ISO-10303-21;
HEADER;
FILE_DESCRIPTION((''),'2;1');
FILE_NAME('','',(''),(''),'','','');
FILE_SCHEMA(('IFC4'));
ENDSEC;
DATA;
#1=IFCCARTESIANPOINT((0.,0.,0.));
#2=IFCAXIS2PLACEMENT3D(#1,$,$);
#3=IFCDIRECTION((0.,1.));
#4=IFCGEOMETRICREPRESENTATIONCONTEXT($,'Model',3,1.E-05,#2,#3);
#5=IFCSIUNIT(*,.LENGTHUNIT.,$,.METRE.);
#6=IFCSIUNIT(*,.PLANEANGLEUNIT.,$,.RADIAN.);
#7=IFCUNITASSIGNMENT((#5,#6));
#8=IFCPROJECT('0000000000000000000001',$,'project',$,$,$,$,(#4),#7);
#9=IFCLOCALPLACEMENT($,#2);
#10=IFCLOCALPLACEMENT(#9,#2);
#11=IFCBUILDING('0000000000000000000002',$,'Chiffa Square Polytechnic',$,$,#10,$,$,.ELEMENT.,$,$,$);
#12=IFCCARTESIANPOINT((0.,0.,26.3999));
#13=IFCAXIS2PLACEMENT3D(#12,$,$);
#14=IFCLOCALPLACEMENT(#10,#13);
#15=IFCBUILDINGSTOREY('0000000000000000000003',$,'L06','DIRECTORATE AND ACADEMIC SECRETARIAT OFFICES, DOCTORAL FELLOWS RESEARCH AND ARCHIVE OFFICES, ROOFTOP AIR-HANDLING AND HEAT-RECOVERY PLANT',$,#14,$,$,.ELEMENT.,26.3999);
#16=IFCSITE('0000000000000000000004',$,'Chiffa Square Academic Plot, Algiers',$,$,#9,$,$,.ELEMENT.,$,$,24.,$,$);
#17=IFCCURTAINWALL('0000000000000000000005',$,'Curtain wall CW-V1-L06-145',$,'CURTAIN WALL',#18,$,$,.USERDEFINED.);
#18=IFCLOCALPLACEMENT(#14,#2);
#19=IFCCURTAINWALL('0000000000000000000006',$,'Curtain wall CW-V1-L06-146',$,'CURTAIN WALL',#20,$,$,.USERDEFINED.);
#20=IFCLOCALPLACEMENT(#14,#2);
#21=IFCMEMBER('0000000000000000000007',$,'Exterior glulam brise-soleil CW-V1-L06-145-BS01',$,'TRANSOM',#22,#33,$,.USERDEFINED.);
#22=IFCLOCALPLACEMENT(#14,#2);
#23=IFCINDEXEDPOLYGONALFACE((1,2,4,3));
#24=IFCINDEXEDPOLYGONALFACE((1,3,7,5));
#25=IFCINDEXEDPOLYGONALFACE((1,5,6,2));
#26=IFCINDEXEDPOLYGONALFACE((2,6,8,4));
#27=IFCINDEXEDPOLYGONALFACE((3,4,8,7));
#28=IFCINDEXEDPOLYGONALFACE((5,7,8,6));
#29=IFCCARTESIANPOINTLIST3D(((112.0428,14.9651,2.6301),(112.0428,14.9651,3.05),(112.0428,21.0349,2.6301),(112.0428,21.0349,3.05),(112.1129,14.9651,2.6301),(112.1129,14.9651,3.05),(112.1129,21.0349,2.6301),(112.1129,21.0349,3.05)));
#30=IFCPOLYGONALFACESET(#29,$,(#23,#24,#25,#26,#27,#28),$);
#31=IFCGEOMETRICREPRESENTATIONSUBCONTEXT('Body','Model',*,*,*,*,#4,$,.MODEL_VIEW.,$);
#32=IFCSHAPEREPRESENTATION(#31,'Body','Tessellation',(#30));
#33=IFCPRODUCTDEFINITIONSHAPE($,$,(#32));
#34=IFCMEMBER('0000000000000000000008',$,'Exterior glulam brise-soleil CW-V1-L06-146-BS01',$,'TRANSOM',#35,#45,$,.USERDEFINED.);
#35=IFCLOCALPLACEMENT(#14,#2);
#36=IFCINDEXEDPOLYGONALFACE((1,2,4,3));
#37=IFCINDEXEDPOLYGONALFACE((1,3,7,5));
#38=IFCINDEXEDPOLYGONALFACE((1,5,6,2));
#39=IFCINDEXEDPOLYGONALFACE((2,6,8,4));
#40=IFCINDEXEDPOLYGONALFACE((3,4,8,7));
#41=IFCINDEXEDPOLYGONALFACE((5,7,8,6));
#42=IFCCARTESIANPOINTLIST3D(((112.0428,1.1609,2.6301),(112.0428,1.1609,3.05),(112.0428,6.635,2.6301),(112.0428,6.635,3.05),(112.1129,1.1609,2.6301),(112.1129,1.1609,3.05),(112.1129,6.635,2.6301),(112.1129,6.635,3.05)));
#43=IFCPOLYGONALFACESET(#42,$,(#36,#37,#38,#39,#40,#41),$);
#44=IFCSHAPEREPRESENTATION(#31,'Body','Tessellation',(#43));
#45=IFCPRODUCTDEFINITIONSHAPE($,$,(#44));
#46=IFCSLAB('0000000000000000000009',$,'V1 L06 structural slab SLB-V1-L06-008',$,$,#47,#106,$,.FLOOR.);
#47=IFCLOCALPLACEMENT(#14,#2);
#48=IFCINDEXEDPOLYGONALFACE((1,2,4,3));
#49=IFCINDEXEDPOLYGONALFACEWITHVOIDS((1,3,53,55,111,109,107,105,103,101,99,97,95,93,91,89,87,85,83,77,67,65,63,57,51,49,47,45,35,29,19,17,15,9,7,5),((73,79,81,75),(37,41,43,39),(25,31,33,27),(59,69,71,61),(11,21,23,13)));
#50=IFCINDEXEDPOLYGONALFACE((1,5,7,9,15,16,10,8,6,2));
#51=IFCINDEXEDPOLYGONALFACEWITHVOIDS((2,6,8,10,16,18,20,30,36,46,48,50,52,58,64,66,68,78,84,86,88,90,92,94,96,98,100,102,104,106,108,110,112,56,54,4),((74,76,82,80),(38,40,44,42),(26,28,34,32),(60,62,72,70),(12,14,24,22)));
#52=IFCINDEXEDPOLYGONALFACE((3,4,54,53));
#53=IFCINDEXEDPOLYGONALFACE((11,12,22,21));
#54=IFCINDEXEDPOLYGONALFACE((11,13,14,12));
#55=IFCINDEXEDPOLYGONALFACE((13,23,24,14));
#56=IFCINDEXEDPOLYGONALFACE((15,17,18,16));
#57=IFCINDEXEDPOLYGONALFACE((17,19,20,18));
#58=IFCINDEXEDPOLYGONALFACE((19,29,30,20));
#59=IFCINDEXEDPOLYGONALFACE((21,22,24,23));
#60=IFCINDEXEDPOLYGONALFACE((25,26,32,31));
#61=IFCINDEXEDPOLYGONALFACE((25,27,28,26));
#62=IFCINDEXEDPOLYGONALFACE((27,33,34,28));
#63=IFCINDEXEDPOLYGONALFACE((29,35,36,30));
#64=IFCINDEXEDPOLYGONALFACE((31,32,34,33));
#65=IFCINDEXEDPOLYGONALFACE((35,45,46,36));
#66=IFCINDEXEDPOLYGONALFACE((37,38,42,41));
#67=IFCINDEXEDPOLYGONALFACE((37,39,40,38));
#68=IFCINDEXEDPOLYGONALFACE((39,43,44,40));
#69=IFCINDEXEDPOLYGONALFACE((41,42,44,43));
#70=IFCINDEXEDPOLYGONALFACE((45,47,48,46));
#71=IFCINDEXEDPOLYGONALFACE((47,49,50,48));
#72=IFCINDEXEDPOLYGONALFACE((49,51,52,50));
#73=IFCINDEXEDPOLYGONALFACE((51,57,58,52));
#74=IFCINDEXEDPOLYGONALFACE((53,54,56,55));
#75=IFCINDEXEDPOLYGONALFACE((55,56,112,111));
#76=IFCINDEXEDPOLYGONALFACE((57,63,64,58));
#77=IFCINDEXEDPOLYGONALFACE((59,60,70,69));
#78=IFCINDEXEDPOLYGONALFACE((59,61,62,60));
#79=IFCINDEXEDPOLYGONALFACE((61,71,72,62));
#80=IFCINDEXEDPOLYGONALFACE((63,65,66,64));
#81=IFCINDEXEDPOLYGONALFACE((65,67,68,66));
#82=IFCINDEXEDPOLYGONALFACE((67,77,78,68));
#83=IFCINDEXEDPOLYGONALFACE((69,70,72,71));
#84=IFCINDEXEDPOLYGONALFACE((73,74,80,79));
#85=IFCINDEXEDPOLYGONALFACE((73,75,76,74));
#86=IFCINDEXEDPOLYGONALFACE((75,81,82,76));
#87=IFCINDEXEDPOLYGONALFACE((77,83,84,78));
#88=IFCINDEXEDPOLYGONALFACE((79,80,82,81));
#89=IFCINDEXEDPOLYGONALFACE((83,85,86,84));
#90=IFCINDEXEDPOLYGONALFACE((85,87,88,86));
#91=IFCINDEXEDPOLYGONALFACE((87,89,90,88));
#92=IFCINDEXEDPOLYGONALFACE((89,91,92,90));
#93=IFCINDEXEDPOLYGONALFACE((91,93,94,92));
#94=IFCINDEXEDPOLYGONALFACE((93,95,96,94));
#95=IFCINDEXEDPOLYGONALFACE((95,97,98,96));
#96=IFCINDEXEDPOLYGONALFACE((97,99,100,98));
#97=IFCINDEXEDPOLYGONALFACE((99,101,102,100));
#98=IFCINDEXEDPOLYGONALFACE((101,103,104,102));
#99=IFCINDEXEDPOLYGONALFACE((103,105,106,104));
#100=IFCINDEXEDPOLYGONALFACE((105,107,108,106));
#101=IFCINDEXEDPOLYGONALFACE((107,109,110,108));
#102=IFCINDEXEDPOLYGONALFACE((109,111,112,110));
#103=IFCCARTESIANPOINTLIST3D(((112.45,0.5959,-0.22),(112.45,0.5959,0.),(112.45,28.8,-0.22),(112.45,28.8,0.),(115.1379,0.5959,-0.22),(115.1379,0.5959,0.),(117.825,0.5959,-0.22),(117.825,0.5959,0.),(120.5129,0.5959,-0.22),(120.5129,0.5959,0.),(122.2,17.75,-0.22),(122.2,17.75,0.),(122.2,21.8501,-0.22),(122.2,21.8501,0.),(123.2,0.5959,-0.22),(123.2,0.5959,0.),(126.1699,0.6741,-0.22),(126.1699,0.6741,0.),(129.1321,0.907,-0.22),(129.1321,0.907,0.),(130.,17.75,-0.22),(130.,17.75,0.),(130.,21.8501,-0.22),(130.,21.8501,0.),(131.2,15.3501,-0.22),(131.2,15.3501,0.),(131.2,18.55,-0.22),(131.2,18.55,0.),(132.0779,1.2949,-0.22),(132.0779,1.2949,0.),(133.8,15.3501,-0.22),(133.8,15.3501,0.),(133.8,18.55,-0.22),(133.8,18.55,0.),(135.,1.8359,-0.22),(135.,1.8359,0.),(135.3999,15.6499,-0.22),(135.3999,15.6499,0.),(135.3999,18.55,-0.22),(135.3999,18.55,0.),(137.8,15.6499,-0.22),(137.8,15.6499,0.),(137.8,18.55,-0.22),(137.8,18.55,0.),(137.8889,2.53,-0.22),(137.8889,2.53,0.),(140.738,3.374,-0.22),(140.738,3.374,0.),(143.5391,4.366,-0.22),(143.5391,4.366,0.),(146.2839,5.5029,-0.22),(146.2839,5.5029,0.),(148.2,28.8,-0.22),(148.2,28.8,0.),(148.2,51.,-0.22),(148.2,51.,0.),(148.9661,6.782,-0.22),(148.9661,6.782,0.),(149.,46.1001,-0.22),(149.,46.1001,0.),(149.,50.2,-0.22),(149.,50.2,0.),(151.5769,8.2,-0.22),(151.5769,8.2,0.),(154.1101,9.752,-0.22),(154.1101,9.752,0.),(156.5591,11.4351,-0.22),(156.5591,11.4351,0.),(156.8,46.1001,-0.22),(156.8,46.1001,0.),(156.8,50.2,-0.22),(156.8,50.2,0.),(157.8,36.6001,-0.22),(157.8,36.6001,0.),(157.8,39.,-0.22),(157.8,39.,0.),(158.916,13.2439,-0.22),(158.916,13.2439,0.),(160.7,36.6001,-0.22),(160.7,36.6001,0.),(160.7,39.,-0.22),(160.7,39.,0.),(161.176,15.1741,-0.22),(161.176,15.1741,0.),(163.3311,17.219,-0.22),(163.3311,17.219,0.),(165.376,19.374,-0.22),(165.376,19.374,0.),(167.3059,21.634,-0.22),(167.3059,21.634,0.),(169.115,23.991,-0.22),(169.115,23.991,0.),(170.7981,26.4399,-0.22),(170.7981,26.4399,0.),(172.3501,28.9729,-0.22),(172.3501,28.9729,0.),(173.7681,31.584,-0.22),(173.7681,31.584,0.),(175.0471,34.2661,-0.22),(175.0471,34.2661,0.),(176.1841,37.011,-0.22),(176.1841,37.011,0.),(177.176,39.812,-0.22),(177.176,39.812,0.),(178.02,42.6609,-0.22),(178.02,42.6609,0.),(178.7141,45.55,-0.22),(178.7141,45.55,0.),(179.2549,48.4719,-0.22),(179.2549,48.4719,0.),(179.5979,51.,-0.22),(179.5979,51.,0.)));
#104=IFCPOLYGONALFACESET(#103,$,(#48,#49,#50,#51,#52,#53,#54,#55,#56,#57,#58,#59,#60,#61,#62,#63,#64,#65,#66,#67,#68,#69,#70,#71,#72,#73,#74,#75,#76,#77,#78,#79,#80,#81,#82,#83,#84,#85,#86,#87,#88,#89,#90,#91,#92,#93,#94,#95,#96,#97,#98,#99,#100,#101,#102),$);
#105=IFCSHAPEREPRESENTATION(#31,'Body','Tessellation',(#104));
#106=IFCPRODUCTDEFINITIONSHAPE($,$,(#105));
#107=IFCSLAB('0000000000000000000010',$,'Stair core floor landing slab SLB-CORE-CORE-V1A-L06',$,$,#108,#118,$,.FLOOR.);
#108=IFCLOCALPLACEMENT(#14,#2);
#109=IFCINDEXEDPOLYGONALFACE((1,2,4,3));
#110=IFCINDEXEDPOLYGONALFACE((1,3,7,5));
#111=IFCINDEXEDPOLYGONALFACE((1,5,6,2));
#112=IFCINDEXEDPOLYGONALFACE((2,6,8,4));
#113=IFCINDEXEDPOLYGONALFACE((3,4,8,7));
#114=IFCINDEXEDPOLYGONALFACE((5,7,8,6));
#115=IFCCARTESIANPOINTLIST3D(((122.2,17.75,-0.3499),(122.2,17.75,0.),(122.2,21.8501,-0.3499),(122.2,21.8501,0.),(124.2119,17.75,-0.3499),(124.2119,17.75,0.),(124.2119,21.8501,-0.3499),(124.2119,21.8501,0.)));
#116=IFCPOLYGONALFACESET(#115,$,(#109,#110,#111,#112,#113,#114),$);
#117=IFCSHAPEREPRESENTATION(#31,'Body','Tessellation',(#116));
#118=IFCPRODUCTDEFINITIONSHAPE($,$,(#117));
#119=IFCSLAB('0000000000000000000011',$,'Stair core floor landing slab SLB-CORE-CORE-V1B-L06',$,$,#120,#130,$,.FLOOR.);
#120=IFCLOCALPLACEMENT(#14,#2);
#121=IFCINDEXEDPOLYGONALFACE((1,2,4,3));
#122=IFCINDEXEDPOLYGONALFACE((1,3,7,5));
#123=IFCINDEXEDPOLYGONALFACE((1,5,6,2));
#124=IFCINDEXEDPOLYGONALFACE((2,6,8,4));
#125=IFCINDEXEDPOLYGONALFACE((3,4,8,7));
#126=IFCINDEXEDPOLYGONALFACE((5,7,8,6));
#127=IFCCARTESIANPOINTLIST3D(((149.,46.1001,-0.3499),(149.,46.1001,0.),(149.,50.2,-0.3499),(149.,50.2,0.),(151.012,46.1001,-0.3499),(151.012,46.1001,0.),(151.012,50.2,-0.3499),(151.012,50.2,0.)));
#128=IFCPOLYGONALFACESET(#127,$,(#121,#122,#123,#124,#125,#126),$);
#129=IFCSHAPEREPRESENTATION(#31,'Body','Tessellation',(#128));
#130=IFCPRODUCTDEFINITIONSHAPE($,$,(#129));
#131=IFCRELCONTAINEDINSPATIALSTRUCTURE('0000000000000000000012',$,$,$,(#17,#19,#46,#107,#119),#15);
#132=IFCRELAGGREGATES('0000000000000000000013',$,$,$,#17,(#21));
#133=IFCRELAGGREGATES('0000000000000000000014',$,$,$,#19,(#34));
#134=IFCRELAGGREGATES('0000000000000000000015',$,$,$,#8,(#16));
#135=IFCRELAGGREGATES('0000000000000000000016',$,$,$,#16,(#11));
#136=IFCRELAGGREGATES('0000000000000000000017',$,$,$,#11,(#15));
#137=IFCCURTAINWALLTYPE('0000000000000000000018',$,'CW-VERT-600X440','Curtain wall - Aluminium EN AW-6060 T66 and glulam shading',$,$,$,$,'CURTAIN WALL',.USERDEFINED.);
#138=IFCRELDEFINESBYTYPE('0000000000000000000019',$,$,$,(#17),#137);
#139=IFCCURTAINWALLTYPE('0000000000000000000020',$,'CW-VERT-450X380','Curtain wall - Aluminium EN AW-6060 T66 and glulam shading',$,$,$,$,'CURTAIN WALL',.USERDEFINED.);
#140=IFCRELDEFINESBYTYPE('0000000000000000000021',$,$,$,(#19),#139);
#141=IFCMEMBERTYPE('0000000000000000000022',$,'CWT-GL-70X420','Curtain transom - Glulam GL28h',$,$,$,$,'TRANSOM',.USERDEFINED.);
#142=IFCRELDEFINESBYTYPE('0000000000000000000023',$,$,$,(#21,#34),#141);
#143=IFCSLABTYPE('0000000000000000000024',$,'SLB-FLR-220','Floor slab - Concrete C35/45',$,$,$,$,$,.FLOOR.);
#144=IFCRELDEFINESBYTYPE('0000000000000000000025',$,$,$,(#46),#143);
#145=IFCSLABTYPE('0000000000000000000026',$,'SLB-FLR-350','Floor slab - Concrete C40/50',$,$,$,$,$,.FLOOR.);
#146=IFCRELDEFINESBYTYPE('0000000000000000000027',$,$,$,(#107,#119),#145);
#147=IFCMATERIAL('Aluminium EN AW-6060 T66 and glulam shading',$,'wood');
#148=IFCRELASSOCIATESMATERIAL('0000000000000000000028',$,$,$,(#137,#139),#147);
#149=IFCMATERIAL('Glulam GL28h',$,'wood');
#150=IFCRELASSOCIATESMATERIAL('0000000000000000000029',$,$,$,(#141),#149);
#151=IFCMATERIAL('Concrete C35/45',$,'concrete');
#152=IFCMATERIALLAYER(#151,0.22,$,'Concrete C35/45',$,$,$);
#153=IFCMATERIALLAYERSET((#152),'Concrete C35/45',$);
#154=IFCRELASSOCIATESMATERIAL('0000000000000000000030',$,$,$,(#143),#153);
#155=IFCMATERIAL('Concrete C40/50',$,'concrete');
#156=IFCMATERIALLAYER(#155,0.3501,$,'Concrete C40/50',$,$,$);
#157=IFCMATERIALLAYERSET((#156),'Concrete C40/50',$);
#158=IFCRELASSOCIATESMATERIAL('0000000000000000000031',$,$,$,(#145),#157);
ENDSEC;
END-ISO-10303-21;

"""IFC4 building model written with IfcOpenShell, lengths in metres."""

from ifc_helpers import new_model, si_unit, direction, frame, origin, origin_2d, place, context, subcontext, project, spatial, polyline, rectangle, outline, extrude, material, layer, layer_set, material_profile, profile_set, type_object, element, aggregate, save


model = new_model("IFC4")

# Units and contexts
model_context = context("Model", 3, precision=1e-05, world=origin(), true_north=direction((0.0, 1.0)))
body_context = subcontext(model_context, "Body", "Model", "MODEL_VIEW")
ifc_project = project(units=[si_unit("LENGTHUNIT", "METRE"), si_unit("PLANEANGLEUNIT", "RADIAN")], contexts=[model_context])

# Site, building, storey
site_placement = place(None, origin())
site = spatial("IfcSite", under=ifc_project, at=site_placement, Name="Chiffa Square Academic Plot, Algiers", CompositionType="ELEMENT", RefElevation=24.0)
building_placement = place(site_placement, origin())
building = spatial("IfcBuilding", under=site, at=building_placement, Name="Chiffa Square Polytechnic", CompositionType="ELEMENT")
storey_placement = place(building_placement, frame((0.0, 0.0, 26.3999)))
storey = spatial("IfcBuildingStorey", under=building, at=storey_placement, Name="L06", Description="DIRECTORATE AND ACADEMIC SECRETARIAT OFFICES, DOCTORAL FELLOWS RESEARCH AND ARCHIVE OFFICES, ROOFTOP AIR-HANDLING AND HEAT-RECOVERY PLANT", CompositionType="ELEMENT", Elevation=26.3999)

# Shared definitions
ifc_material_1 = material(Name="Concrete C35/45", Category="concrete")

# Shared definitions
ifc_material_2 = material(Name="Concrete C40/50", Category="concrete")

# Curtain walls
ifc_material_3 = material(Name="Aluminium EN AW-6060 T66 and glulam shading", Category="wood")
curtain_wall_type_1 = type_object("IfcCurtainWallType", Name="CW-VERT-600X440", Description="Curtain wall - Aluminium EN AW-6060 T66 and glulam shading", ElementType="CURTAIN WALL", PredefinedType="USERDEFINED", material=ifc_material_3)
curtain_wall_1_placement = place(storey_placement, origin())
curtain_wall_1 = element("IfcCurtainWall", 1, at=curtain_wall_1_placement, inside=storey, type_object=curtain_wall_type_1, Name="Curtain wall CW-V1-L06-145", ObjectType="CURTAIN WALL", PredefinedType="USERDEFINED")
ifc_material_4 = material(Name="Glulam GL28h", Category="wood")
curtain_wall_type_2 = type_object("IfcCurtainWallType", Name="CW-VERT-450X380", Description="Curtain wall - Aluminium EN AW-6060 T66 and glulam shading", ElementType="CURTAIN WALL", PredefinedType="USERDEFINED", material=ifc_material_3)
curtain_wall_2_placement = place(storey_placement, origin())
curtain_wall_2 = element("IfcCurtainWall", 2, at=curtain_wall_2_placement, inside=storey, type_object=curtain_wall_type_2, Name="Curtain wall CW-V1-L06-146", ObjectType="CURTAIN WALL", PredefinedType="USERDEFINED")

# Members
ifc_material_profile_1 = material_profile(ifc_material_4, rectangle(XDim=0.0701, YDim=0.4199, at=origin_2d()), Name="GL28h 70x420")
ifc_profile_set_1 = profile_set([ifc_material_profile_1], Name="Glulam GL28h")
member_type_1 = type_object("IfcMemberType", Name="CWT-GL-70X420", Description="Curtain transom - Glulam GL28h", ElementType="TRANSOM", PredefinedType="USERDEFINED", material=ifc_profile_set_1)
member_1_placement = place(storey_placement, frame((112.0779, 21.0349, 2.8401), z_axis=(0.0, -1.0, 0.0), x_axis=(1.0, 0.0, 0.0)))
member_1 = element("IfcMember", 3, at=member_1_placement, type_object=member_type_1, Name="Exterior glulam brise-soleil CW-V1-L06-145-BS01", ObjectType="TRANSOM", PredefinedType="USERDEFINED", context=body_context, shape_type="SweptSolid", body=[
    extrude(rectangle(XDim=0.0701, YDim=0.4199, at=origin_2d()), origin(), (0.0, 0.0, 1.0), 6.0698),
])
aggregate(curtain_wall_1, [member_1])
member_2_placement = place(storey_placement, frame((112.0779, 6.635, 2.8401), z_axis=(0.0, -1.0, 0.0), x_axis=(1.0, 0.0, 0.0)))
member_2 = element("IfcMember", 4, at=member_2_placement, type_object=member_type_1, Name="Exterior glulam brise-soleil CW-V1-L06-146-BS01", ObjectType="TRANSOM", PredefinedType="USERDEFINED", context=body_context, shape_type="SweptSolid", body=[
    extrude(rectangle(XDim=0.0701, YDim=0.4199, at=origin_2d()), origin(), (0.0, 0.0, 1.0), 5.4741),
])
aggregate(curtain_wall_2, [member_2])

# Slabs
ifc_layer_1 = layer(ifc_material_1, 0.22, Name="Concrete C35/45")
ifc_layer_set_1 = layer_set([ifc_layer_1], Name="Concrete C35/45")
slab_type_1 = type_object("IfcSlabType", Name="SLB-FLR-220", Description="Floor slab - Concrete C35/45", PredefinedType="FLOOR", material=ifc_layer_set_1)
slab_1_placement = place(storey_placement, frame((0.0, 0.0, -0.22)))
element("IfcSlab", 5, at=slab_1_placement, inside=storey, type_object=slab_type_1, Name="V1 L06 structural slab SLB-V1-L06-008", PredefinedType="FLOOR", context=body_context, shape_type="SweptSolid", body=[
    extrude(outline(polyline([(112.45, 28.8), (148.2, 28.8), (148.2, 51.0), (179.5979, 51.0), (179.2549, 48.4719), (178.7141, 45.55), (178.02, 42.6609), (177.176, 39.812), (176.1841, 37.011), (175.0471, 34.2661), (173.7681, 31.584), (172.3501, 28.9729), (170.7981, 26.4399), (169.115, 23.991), (167.3059, 21.634), (165.376, 19.374), (163.3311, 17.219), (161.176, 15.1741), (158.916, 13.2439), (156.5591, 11.4351), (154.1101, 9.752), (151.5769, 8.2), (148.9661, 6.782), (146.2839, 5.5029), (143.5391, 4.366), (140.738, 3.374), (137.8889, 2.53), (135.0, 1.8359), (132.0779, 1.2949), (129.1321, 0.907), (126.1699, 0.6741), (123.2, 0.5959), (120.5129, 0.5959), (117.825, 0.5959), (115.1379, 0.5959), (112.45, 0.5959), (112.45, 28.8)]), holes=[polyline([(122.2, 21.8501), (130.0, 21.8501), (130.0, 17.75), (122.2, 17.75), (122.2, 21.8501)]), polyline([(149.0, 50.2), (156.8, 50.2), (156.8, 46.1001), (149.0, 46.1001), (149.0, 50.2)]), polyline([(131.2, 18.55), (133.8, 18.55), (133.8, 15.3501), (131.2, 15.3501), (131.2, 18.55)]), polyline([(135.3999, 18.55), (137.8, 18.55), (137.8, 15.6499), (135.3999, 15.6499), (135.3999, 18.55)]), polyline([(157.8, 39.0), (160.7, 39.0), (160.7, 36.6001), (157.8, 36.6001), (157.8, 39.0)])]), origin(), (0.0, 0.0, 1.0), 0.22),
])
ifc_layer_2 = layer(ifc_material_2, 0.3501, Name="Concrete C40/50")
ifc_layer_set_2 = layer_set([ifc_layer_2], Name="Concrete C40/50")
slab_type_2 = type_object("IfcSlabType", Name="SLB-FLR-350", Description="Floor slab - Concrete C40/50", PredefinedType="FLOOR", material=ifc_layer_set_2)
slab_2_placement = place(storey_placement, frame((0.0, 0.0, -0.3499)))
element("IfcSlab", 6, at=slab_2_placement, inside=storey, type_object=slab_type_2, Name="Stair core floor landing slab SLB-CORE-CORE-V1A-L06", PredefinedType="FLOOR", context=body_context, shape_type="SweptSolid", body=[
    extrude(outline(polyline([(122.2, 17.75), (124.2119, 17.75), (124.2119, 21.8501), (122.2, 21.8501), (122.2, 17.75)])), origin(), (0.0, 0.0, 1.0), 0.3499),
])
slab_3_placement = place(storey_placement, frame((0.0, 0.0, -0.3499)))
element("IfcSlab", 7, at=slab_3_placement, inside=storey, type_object=slab_type_2, Name="Stair core floor landing slab SLB-CORE-CORE-V1B-L06", PredefinedType="FLOOR", context=body_context, shape_type="SweptSolid", body=[
    extrude(outline(polyline([(149.0, 46.1001), (151.012, 46.1001), (151.012, 50.2), (149.0, 50.2), (149.0, 46.1001)])), origin(), (0.0, 0.0, 1.0), 0.3499),
])

save(model, "model.ifc")
